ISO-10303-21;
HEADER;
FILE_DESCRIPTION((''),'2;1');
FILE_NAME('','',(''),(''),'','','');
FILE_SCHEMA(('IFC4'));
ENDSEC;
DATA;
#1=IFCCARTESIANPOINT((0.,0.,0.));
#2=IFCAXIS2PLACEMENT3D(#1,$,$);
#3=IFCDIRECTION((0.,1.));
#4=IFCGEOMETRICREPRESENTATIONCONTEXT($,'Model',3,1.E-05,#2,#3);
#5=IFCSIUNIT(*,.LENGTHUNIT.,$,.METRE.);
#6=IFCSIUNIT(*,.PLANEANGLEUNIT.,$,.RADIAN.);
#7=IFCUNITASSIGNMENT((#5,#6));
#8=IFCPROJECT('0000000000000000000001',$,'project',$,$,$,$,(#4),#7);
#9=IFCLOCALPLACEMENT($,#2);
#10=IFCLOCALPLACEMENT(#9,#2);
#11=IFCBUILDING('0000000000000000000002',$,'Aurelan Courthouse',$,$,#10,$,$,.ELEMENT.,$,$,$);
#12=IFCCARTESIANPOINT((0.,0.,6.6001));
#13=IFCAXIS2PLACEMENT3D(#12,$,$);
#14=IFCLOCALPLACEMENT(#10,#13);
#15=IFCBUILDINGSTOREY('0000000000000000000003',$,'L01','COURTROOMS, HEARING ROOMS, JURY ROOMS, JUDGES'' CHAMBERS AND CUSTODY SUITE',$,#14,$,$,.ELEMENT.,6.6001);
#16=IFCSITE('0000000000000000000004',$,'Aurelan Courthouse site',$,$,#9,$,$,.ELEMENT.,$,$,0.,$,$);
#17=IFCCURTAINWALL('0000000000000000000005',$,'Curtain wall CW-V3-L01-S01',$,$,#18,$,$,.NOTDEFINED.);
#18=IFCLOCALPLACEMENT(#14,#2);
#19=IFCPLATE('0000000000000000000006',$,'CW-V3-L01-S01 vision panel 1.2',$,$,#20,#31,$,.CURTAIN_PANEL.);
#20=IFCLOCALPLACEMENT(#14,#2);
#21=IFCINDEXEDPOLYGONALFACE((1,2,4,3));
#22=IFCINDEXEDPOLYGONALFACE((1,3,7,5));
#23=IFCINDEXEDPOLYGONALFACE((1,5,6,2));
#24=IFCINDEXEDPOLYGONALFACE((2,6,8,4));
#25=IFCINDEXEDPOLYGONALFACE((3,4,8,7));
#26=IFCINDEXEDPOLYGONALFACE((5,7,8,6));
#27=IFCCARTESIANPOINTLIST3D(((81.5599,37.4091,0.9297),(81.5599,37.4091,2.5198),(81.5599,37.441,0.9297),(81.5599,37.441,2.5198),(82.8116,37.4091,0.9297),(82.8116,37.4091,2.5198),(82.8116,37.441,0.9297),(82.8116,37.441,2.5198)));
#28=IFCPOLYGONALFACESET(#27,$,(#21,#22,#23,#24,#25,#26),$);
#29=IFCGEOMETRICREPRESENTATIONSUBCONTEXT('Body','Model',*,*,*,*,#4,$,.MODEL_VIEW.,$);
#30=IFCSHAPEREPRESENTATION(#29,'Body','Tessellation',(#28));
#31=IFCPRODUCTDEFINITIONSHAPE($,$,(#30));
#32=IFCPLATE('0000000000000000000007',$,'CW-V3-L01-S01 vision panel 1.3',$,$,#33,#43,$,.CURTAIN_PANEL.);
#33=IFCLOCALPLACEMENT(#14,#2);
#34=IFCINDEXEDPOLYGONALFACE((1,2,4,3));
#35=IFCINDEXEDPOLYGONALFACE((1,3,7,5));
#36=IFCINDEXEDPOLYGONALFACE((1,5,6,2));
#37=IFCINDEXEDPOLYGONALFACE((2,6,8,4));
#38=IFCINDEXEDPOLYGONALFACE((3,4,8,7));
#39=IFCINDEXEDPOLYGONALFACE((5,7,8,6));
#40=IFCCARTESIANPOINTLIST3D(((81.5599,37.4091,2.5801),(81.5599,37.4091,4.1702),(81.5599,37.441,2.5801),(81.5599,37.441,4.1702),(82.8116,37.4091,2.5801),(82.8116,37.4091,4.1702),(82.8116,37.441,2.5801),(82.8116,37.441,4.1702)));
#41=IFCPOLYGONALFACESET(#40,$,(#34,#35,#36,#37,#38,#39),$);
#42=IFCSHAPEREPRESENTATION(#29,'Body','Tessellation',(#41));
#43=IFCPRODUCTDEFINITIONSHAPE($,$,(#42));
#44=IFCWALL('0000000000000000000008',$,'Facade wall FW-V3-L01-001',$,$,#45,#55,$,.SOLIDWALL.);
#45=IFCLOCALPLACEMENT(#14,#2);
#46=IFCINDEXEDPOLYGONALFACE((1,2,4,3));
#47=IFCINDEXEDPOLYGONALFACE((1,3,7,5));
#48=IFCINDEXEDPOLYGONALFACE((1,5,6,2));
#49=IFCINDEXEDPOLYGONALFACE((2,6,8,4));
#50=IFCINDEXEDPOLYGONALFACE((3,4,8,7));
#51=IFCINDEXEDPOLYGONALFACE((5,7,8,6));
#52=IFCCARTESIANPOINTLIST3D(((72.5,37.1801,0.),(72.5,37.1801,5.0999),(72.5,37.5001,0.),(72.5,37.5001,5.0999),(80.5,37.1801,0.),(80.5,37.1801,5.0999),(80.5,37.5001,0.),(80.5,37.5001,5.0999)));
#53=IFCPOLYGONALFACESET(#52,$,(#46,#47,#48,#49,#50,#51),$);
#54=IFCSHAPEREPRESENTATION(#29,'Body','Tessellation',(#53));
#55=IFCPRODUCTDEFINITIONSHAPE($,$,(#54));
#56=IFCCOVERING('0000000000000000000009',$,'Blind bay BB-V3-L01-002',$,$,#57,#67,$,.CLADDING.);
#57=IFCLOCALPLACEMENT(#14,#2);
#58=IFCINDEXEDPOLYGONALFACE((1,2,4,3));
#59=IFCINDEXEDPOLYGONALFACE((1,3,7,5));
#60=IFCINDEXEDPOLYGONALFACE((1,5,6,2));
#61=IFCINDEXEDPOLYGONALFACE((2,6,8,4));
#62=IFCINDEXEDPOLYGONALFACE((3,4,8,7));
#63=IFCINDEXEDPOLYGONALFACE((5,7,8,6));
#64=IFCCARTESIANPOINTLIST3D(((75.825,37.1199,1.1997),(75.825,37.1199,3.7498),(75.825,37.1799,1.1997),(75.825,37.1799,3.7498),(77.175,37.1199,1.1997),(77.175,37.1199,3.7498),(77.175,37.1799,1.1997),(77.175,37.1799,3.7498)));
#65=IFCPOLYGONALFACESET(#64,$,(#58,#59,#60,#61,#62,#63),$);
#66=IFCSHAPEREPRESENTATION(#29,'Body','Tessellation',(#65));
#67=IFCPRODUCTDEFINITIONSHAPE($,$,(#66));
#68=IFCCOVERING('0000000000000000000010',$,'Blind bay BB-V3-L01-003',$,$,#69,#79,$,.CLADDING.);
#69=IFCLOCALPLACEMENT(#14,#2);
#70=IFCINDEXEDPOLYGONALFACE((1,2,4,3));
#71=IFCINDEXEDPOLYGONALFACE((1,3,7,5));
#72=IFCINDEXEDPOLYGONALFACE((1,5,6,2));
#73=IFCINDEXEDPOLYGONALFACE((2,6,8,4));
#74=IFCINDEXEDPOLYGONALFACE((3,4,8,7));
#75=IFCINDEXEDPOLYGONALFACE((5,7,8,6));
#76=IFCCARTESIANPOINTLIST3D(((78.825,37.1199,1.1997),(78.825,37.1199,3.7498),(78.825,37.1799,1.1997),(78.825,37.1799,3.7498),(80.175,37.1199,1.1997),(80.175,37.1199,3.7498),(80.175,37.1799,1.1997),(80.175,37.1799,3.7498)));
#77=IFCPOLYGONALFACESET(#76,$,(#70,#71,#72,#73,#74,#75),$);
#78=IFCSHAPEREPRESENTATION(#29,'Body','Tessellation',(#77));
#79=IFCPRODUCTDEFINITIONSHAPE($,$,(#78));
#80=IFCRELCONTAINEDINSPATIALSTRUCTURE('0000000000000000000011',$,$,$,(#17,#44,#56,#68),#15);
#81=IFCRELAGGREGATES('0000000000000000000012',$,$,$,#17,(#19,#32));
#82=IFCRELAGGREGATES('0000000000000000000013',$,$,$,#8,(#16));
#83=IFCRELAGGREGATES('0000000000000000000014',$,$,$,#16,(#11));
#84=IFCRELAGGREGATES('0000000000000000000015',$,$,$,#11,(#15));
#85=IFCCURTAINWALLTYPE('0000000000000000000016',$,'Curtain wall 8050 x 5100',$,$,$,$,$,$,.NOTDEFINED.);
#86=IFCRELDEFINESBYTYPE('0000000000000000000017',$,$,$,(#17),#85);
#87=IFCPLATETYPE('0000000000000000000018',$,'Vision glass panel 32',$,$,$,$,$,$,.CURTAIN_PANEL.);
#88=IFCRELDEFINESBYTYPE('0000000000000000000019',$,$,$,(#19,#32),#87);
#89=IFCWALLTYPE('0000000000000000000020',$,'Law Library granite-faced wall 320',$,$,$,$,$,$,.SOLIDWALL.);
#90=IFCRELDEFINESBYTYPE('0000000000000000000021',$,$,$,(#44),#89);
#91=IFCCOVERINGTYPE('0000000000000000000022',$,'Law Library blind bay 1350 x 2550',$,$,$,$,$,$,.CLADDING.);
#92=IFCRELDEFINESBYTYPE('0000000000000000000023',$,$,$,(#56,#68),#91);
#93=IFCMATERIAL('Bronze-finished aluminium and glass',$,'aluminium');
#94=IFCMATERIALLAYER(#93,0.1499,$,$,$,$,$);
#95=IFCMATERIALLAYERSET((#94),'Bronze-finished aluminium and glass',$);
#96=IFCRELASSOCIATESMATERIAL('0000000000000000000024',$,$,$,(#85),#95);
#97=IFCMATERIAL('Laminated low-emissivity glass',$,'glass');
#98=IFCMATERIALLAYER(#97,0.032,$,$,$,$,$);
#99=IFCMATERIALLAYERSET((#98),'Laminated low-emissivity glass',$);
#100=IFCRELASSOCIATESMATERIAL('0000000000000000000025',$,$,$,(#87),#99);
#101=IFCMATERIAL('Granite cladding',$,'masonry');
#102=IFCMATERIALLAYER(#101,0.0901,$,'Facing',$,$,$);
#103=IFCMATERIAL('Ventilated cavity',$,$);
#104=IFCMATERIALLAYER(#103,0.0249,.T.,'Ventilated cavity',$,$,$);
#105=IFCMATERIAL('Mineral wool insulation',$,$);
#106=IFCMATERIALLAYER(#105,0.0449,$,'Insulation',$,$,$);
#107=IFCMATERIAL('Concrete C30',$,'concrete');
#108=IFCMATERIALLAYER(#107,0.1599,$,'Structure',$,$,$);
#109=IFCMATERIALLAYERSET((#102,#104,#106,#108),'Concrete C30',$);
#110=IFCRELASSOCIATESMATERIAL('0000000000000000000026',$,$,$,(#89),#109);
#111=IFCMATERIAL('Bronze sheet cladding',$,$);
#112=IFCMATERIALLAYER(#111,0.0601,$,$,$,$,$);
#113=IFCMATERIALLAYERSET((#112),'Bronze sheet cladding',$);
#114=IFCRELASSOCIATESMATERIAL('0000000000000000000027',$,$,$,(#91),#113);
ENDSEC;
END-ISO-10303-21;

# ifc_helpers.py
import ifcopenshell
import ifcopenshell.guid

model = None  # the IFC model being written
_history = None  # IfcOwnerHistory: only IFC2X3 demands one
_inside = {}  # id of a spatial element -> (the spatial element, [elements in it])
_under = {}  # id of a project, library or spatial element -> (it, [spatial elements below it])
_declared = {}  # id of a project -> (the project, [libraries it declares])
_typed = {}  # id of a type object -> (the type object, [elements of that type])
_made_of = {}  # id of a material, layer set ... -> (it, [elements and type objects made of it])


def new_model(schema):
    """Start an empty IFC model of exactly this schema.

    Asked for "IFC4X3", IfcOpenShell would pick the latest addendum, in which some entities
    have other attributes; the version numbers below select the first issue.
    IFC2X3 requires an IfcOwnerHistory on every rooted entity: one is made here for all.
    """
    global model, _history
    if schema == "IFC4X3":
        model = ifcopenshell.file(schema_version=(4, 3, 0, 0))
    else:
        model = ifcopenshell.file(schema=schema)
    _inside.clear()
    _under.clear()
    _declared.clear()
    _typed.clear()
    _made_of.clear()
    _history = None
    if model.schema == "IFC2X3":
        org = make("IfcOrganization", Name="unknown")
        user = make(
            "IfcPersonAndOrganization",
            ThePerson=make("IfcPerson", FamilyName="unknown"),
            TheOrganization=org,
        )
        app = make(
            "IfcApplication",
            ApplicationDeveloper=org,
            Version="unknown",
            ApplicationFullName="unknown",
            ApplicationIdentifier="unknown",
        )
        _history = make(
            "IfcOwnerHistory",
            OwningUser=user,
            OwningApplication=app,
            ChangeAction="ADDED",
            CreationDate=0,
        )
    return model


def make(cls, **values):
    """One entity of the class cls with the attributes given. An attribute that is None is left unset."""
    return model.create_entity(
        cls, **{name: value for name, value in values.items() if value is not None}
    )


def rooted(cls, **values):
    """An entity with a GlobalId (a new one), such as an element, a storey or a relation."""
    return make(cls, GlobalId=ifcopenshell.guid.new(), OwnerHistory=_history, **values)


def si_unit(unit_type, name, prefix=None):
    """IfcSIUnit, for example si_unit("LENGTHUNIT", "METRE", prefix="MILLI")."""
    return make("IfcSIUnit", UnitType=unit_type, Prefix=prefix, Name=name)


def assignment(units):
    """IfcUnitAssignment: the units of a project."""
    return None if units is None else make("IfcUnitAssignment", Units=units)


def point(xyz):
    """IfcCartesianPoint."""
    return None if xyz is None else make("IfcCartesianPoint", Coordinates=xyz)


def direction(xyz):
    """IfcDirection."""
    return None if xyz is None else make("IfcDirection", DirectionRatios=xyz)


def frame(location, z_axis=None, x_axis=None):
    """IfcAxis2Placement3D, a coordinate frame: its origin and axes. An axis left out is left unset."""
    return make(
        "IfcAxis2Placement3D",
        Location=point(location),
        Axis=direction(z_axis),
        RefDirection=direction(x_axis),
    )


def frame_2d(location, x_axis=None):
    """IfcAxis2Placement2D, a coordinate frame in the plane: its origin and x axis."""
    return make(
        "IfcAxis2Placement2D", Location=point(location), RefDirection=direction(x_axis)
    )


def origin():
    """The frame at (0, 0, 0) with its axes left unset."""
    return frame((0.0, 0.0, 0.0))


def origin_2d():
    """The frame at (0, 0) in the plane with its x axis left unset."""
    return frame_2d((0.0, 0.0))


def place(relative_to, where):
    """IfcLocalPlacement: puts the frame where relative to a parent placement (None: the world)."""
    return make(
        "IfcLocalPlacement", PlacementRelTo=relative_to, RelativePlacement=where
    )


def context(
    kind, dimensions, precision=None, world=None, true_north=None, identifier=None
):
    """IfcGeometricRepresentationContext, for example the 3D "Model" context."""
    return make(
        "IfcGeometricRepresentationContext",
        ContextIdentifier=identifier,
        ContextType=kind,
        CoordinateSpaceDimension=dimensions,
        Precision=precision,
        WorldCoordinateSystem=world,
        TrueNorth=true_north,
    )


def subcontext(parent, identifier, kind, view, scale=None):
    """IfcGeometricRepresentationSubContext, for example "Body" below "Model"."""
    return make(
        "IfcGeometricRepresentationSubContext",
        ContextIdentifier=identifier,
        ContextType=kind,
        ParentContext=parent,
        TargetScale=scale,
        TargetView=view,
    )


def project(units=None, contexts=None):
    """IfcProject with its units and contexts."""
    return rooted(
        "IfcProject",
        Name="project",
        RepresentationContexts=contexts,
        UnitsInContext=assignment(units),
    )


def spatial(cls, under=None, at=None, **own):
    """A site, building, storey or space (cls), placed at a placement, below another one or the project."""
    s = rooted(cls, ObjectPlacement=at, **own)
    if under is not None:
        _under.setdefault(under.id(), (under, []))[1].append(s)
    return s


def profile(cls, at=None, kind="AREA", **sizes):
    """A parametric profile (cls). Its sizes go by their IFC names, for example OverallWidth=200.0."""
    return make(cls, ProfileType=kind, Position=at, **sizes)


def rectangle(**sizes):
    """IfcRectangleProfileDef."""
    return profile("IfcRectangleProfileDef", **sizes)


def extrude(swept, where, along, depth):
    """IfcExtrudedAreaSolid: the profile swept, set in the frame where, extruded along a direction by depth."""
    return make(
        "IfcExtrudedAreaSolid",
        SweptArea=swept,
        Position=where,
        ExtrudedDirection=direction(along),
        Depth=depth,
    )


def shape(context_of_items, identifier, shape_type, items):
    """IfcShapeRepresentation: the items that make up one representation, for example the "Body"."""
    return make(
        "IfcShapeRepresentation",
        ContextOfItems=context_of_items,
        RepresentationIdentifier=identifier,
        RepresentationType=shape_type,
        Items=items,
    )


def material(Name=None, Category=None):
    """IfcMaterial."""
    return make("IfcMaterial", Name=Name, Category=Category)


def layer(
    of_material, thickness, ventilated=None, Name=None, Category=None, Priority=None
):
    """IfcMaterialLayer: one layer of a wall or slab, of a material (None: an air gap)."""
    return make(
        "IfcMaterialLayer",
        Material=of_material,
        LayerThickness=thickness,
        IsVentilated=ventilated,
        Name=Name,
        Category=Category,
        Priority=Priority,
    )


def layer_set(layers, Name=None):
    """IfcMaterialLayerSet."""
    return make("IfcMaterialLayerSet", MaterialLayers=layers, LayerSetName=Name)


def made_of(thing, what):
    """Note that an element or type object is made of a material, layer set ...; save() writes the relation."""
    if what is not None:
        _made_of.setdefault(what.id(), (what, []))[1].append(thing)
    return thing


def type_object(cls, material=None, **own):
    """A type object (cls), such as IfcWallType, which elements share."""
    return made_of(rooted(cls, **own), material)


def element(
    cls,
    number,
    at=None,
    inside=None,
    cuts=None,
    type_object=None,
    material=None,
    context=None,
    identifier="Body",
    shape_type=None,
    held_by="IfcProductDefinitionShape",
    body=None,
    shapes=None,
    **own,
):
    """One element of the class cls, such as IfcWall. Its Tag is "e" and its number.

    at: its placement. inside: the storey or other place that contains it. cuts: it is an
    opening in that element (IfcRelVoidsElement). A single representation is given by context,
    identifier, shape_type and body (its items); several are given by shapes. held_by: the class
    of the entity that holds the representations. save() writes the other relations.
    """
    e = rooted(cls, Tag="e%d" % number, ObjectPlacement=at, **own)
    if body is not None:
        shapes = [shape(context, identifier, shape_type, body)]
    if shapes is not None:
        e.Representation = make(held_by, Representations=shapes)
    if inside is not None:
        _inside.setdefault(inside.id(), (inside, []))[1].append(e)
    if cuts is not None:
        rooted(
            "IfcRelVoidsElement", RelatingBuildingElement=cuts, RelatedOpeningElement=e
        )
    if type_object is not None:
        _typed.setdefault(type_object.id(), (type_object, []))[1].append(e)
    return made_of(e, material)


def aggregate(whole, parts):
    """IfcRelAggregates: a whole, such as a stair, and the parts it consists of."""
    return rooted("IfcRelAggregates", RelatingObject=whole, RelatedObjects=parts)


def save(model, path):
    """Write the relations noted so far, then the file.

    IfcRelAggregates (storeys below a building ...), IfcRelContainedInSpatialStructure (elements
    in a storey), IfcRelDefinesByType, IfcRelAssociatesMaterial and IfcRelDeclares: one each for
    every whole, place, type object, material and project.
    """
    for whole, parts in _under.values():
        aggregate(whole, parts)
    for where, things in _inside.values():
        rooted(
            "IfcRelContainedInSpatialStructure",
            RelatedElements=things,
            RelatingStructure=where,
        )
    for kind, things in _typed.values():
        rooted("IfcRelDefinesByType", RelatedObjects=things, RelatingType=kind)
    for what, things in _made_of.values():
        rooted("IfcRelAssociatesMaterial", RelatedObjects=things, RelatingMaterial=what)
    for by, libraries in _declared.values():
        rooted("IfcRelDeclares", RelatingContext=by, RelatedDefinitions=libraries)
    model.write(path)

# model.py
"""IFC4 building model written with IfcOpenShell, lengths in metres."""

from ifc_helpers import new_model, si_unit, direction, frame, frame_2d, origin, origin_2d, place, context, subcontext, project, spatial, rectangle, extrude, material, layer, layer_set, type_object, element, aggregate, save


model = new_model("IFC4")

# Units and contexts
model_context = context("Model", 3, precision=1e-05, world=origin(), true_north=direction((0.0, 1.0)))
body_context = subcontext(model_context, "Body", "Model", "MODEL_VIEW")
ifc_project = project(units=[si_unit("LENGTHUNIT", "METRE"), si_unit("PLANEANGLEUNIT", "RADIAN")], contexts=[model_context])

# Site, building, storey
site_placement = place(None, origin())
site = spatial("IfcSite", under=ifc_project, at=site_placement, Name="Aurelan Courthouse site", CompositionType="ELEMENT", RefElevation=0.0)
building_placement = place(site_placement, origin())
building = spatial("IfcBuilding", under=site, at=building_placement, Name="Aurelan Courthouse", CompositionType="ELEMENT")
storey_placement = place(building_placement, frame((0.0, 0.0, 6.6001)))
storey = spatial("IfcBuildingStorey", under=building, at=storey_placement, Name="L01", Description="COURTROOMS, HEARING ROOMS, JURY ROOMS, JUDGES' CHAMBERS AND CUSTODY SUITE", CompositionType="ELEMENT", Elevation=6.6001)

# Curtain wall, plates
ifc_material_1 = material(Name="Bronze-finished aluminium and glass", Category="aluminium")
ifc_layer_1 = layer(ifc_material_1, 0.1499)
ifc_layer_set_1 = layer_set([ifc_layer_1], Name="Bronze-finished aluminium and glass")
curtain_wall_type = type_object("IfcCurtainWallType", Name="Curtain wall 8050 x 5100", PredefinedType="NOTDEFINED", material=ifc_layer_set_1)
curtain_wall_placement = place(storey_placement, origin())
curtain_wall = element("IfcCurtainWall", 1, at=curtain_wall_placement, inside=storey, type_object=curtain_wall_type, Name="Curtain wall CW-V3-L01-S01", PredefinedType="NOTDEFINED")
ifc_material_2 = material(Name="Laminated low-emissivity glass", Category="glass")
ifc_layer_2 = layer(ifc_material_2, 0.032)
ifc_layer_set_2 = layer_set([ifc_layer_2], Name="Laminated low-emissivity glass")
plate_type_1 = type_object("IfcPlateType", Name="Vision glass panel 32", PredefinedType="CURTAIN_PANEL", material=ifc_layer_set_2)
plate_1_placement = place(storey_placement, frame((82.1858, 37.425, 0.9297), z_axis=(0.0, 0.0, 1.0), x_axis=(1.0, 0.0, 0.0)))
plate_1 = element("IfcPlate", 2, at=plate_1_placement, type_object=plate_type_1, Name="CW-V3-L01-S01 vision panel 1.2", PredefinedType="CURTAIN_PANEL", context=body_context, shape_type="SweptSolid", body=[
    extrude(rectangle(XDim=1.2517, YDim=0.032, at=origin_2d()), origin(), (0.0, 0.0, 1.0), 1.5901),
])
plate_2_placement = place(storey_placement, frame((82.1858, 37.425, 2.5801), z_axis=(0.0, 0.0, 1.0), x_axis=(1.0, 0.0, 0.0)))
plate_2 = element("IfcPlate", 3, at=plate_2_placement, type_object=plate_type_1, Name="CW-V3-L01-S01 vision panel 1.3", PredefinedType="CURTAIN_PANEL", context=body_context, shape_type="SweptSolid", body=[
    extrude(rectangle(XDim=1.2517, YDim=0.032, at=origin_2d()), origin(), (0.0, 0.0, 1.0), 1.5901),
])
aggregate(curtain_wall, [plate_1, plate_2])

# Wall
ifc_material_3 = material(Name="Granite cladding", Category="masonry")
ifc_layer_3 = layer(ifc_material_3, 0.0901, Name="Facing")
ifc_material_4 = material(Name="Ventilated cavity")
ifc_layer_4 = layer(ifc_material_4, 0.0249, ventilated=True, Name="Ventilated cavity")
ifc_material_5 = material(Name="Mineral wool insulation")
ifc_layer_5 = layer(ifc_material_5, 0.0449, Name="Insulation")
ifc_material_6 = material(Name="Concrete C30", Category="concrete")
ifc_layer_6 = layer(ifc_material_6, 0.1599, Name="Structure")
ifc_layer_set_3 = layer_set([ifc_layer_3, ifc_layer_4, ifc_layer_5, ifc_layer_6], Name="Concrete C30")
wall_type = type_object("IfcWallType", Name="Law Library granite-faced wall 320", PredefinedType="SOLIDWALL", material=ifc_layer_set_3)
wall_placement = place(storey_placement, frame((72.5, 37.3401, 0.0), z_axis=(0.0, 0.0, 1.0), x_axis=(1.0, 0.0, 0.0)))
element("IfcWall", 4, at=wall_placement, inside=storey, type_object=wall_type, Name="Facade wall FW-V3-L01-001", PredefinedType="SOLIDWALL", context=body_context, shape_type="SweptSolid", body=[
    extrude(rectangle(XDim=8.0, YDim=0.3201, at=frame_2d((4.0, 0.0))), origin(), (0.0, 0.0, 1.0), 5.0999),
])

# Coverings
ifc_material_7 = material(Name="Bronze sheet cladding")
ifc_layer_7 = layer(ifc_material_7, 0.0601)
ifc_layer_set_4 = layer_set([ifc_layer_7], Name="Bronze sheet cladding")
covering_type = type_object("IfcCoveringType", Name="Law Library blind bay 1350 x 2550", PredefinedType="CLADDING", material=ifc_layer_set_4)
for number, where, z_axis, x_axis, name in (
    (5, (76.5, 37.1499, 1.1997), (0.0, 0.0, 1.0), (1.0, 0.0, 0.0), "Blind bay BB-V3-L01-002"),
    (6, (79.5, 37.1499, 1.1997), (0.0, 0.0, 1.0), (1.0, 0.0, 0.0), "Blind bay BB-V3-L01-003"),
):
    element("IfcCovering", number, at=place(storey_placement, frame(where, z_axis=z_axis, x_axis=x_axis)), inside=storey, type_object=covering_type, Name=name, PredefinedType="CLADDING", context=body_context, shape_type="SweptSolid", body=[
        extrude(rectangle(XDim=1.3501, YDim=0.0601, at=origin_2d()), origin(), (0.0, 0.0, 1.0), 2.55),
    ])

save(model, "model.ifc")
